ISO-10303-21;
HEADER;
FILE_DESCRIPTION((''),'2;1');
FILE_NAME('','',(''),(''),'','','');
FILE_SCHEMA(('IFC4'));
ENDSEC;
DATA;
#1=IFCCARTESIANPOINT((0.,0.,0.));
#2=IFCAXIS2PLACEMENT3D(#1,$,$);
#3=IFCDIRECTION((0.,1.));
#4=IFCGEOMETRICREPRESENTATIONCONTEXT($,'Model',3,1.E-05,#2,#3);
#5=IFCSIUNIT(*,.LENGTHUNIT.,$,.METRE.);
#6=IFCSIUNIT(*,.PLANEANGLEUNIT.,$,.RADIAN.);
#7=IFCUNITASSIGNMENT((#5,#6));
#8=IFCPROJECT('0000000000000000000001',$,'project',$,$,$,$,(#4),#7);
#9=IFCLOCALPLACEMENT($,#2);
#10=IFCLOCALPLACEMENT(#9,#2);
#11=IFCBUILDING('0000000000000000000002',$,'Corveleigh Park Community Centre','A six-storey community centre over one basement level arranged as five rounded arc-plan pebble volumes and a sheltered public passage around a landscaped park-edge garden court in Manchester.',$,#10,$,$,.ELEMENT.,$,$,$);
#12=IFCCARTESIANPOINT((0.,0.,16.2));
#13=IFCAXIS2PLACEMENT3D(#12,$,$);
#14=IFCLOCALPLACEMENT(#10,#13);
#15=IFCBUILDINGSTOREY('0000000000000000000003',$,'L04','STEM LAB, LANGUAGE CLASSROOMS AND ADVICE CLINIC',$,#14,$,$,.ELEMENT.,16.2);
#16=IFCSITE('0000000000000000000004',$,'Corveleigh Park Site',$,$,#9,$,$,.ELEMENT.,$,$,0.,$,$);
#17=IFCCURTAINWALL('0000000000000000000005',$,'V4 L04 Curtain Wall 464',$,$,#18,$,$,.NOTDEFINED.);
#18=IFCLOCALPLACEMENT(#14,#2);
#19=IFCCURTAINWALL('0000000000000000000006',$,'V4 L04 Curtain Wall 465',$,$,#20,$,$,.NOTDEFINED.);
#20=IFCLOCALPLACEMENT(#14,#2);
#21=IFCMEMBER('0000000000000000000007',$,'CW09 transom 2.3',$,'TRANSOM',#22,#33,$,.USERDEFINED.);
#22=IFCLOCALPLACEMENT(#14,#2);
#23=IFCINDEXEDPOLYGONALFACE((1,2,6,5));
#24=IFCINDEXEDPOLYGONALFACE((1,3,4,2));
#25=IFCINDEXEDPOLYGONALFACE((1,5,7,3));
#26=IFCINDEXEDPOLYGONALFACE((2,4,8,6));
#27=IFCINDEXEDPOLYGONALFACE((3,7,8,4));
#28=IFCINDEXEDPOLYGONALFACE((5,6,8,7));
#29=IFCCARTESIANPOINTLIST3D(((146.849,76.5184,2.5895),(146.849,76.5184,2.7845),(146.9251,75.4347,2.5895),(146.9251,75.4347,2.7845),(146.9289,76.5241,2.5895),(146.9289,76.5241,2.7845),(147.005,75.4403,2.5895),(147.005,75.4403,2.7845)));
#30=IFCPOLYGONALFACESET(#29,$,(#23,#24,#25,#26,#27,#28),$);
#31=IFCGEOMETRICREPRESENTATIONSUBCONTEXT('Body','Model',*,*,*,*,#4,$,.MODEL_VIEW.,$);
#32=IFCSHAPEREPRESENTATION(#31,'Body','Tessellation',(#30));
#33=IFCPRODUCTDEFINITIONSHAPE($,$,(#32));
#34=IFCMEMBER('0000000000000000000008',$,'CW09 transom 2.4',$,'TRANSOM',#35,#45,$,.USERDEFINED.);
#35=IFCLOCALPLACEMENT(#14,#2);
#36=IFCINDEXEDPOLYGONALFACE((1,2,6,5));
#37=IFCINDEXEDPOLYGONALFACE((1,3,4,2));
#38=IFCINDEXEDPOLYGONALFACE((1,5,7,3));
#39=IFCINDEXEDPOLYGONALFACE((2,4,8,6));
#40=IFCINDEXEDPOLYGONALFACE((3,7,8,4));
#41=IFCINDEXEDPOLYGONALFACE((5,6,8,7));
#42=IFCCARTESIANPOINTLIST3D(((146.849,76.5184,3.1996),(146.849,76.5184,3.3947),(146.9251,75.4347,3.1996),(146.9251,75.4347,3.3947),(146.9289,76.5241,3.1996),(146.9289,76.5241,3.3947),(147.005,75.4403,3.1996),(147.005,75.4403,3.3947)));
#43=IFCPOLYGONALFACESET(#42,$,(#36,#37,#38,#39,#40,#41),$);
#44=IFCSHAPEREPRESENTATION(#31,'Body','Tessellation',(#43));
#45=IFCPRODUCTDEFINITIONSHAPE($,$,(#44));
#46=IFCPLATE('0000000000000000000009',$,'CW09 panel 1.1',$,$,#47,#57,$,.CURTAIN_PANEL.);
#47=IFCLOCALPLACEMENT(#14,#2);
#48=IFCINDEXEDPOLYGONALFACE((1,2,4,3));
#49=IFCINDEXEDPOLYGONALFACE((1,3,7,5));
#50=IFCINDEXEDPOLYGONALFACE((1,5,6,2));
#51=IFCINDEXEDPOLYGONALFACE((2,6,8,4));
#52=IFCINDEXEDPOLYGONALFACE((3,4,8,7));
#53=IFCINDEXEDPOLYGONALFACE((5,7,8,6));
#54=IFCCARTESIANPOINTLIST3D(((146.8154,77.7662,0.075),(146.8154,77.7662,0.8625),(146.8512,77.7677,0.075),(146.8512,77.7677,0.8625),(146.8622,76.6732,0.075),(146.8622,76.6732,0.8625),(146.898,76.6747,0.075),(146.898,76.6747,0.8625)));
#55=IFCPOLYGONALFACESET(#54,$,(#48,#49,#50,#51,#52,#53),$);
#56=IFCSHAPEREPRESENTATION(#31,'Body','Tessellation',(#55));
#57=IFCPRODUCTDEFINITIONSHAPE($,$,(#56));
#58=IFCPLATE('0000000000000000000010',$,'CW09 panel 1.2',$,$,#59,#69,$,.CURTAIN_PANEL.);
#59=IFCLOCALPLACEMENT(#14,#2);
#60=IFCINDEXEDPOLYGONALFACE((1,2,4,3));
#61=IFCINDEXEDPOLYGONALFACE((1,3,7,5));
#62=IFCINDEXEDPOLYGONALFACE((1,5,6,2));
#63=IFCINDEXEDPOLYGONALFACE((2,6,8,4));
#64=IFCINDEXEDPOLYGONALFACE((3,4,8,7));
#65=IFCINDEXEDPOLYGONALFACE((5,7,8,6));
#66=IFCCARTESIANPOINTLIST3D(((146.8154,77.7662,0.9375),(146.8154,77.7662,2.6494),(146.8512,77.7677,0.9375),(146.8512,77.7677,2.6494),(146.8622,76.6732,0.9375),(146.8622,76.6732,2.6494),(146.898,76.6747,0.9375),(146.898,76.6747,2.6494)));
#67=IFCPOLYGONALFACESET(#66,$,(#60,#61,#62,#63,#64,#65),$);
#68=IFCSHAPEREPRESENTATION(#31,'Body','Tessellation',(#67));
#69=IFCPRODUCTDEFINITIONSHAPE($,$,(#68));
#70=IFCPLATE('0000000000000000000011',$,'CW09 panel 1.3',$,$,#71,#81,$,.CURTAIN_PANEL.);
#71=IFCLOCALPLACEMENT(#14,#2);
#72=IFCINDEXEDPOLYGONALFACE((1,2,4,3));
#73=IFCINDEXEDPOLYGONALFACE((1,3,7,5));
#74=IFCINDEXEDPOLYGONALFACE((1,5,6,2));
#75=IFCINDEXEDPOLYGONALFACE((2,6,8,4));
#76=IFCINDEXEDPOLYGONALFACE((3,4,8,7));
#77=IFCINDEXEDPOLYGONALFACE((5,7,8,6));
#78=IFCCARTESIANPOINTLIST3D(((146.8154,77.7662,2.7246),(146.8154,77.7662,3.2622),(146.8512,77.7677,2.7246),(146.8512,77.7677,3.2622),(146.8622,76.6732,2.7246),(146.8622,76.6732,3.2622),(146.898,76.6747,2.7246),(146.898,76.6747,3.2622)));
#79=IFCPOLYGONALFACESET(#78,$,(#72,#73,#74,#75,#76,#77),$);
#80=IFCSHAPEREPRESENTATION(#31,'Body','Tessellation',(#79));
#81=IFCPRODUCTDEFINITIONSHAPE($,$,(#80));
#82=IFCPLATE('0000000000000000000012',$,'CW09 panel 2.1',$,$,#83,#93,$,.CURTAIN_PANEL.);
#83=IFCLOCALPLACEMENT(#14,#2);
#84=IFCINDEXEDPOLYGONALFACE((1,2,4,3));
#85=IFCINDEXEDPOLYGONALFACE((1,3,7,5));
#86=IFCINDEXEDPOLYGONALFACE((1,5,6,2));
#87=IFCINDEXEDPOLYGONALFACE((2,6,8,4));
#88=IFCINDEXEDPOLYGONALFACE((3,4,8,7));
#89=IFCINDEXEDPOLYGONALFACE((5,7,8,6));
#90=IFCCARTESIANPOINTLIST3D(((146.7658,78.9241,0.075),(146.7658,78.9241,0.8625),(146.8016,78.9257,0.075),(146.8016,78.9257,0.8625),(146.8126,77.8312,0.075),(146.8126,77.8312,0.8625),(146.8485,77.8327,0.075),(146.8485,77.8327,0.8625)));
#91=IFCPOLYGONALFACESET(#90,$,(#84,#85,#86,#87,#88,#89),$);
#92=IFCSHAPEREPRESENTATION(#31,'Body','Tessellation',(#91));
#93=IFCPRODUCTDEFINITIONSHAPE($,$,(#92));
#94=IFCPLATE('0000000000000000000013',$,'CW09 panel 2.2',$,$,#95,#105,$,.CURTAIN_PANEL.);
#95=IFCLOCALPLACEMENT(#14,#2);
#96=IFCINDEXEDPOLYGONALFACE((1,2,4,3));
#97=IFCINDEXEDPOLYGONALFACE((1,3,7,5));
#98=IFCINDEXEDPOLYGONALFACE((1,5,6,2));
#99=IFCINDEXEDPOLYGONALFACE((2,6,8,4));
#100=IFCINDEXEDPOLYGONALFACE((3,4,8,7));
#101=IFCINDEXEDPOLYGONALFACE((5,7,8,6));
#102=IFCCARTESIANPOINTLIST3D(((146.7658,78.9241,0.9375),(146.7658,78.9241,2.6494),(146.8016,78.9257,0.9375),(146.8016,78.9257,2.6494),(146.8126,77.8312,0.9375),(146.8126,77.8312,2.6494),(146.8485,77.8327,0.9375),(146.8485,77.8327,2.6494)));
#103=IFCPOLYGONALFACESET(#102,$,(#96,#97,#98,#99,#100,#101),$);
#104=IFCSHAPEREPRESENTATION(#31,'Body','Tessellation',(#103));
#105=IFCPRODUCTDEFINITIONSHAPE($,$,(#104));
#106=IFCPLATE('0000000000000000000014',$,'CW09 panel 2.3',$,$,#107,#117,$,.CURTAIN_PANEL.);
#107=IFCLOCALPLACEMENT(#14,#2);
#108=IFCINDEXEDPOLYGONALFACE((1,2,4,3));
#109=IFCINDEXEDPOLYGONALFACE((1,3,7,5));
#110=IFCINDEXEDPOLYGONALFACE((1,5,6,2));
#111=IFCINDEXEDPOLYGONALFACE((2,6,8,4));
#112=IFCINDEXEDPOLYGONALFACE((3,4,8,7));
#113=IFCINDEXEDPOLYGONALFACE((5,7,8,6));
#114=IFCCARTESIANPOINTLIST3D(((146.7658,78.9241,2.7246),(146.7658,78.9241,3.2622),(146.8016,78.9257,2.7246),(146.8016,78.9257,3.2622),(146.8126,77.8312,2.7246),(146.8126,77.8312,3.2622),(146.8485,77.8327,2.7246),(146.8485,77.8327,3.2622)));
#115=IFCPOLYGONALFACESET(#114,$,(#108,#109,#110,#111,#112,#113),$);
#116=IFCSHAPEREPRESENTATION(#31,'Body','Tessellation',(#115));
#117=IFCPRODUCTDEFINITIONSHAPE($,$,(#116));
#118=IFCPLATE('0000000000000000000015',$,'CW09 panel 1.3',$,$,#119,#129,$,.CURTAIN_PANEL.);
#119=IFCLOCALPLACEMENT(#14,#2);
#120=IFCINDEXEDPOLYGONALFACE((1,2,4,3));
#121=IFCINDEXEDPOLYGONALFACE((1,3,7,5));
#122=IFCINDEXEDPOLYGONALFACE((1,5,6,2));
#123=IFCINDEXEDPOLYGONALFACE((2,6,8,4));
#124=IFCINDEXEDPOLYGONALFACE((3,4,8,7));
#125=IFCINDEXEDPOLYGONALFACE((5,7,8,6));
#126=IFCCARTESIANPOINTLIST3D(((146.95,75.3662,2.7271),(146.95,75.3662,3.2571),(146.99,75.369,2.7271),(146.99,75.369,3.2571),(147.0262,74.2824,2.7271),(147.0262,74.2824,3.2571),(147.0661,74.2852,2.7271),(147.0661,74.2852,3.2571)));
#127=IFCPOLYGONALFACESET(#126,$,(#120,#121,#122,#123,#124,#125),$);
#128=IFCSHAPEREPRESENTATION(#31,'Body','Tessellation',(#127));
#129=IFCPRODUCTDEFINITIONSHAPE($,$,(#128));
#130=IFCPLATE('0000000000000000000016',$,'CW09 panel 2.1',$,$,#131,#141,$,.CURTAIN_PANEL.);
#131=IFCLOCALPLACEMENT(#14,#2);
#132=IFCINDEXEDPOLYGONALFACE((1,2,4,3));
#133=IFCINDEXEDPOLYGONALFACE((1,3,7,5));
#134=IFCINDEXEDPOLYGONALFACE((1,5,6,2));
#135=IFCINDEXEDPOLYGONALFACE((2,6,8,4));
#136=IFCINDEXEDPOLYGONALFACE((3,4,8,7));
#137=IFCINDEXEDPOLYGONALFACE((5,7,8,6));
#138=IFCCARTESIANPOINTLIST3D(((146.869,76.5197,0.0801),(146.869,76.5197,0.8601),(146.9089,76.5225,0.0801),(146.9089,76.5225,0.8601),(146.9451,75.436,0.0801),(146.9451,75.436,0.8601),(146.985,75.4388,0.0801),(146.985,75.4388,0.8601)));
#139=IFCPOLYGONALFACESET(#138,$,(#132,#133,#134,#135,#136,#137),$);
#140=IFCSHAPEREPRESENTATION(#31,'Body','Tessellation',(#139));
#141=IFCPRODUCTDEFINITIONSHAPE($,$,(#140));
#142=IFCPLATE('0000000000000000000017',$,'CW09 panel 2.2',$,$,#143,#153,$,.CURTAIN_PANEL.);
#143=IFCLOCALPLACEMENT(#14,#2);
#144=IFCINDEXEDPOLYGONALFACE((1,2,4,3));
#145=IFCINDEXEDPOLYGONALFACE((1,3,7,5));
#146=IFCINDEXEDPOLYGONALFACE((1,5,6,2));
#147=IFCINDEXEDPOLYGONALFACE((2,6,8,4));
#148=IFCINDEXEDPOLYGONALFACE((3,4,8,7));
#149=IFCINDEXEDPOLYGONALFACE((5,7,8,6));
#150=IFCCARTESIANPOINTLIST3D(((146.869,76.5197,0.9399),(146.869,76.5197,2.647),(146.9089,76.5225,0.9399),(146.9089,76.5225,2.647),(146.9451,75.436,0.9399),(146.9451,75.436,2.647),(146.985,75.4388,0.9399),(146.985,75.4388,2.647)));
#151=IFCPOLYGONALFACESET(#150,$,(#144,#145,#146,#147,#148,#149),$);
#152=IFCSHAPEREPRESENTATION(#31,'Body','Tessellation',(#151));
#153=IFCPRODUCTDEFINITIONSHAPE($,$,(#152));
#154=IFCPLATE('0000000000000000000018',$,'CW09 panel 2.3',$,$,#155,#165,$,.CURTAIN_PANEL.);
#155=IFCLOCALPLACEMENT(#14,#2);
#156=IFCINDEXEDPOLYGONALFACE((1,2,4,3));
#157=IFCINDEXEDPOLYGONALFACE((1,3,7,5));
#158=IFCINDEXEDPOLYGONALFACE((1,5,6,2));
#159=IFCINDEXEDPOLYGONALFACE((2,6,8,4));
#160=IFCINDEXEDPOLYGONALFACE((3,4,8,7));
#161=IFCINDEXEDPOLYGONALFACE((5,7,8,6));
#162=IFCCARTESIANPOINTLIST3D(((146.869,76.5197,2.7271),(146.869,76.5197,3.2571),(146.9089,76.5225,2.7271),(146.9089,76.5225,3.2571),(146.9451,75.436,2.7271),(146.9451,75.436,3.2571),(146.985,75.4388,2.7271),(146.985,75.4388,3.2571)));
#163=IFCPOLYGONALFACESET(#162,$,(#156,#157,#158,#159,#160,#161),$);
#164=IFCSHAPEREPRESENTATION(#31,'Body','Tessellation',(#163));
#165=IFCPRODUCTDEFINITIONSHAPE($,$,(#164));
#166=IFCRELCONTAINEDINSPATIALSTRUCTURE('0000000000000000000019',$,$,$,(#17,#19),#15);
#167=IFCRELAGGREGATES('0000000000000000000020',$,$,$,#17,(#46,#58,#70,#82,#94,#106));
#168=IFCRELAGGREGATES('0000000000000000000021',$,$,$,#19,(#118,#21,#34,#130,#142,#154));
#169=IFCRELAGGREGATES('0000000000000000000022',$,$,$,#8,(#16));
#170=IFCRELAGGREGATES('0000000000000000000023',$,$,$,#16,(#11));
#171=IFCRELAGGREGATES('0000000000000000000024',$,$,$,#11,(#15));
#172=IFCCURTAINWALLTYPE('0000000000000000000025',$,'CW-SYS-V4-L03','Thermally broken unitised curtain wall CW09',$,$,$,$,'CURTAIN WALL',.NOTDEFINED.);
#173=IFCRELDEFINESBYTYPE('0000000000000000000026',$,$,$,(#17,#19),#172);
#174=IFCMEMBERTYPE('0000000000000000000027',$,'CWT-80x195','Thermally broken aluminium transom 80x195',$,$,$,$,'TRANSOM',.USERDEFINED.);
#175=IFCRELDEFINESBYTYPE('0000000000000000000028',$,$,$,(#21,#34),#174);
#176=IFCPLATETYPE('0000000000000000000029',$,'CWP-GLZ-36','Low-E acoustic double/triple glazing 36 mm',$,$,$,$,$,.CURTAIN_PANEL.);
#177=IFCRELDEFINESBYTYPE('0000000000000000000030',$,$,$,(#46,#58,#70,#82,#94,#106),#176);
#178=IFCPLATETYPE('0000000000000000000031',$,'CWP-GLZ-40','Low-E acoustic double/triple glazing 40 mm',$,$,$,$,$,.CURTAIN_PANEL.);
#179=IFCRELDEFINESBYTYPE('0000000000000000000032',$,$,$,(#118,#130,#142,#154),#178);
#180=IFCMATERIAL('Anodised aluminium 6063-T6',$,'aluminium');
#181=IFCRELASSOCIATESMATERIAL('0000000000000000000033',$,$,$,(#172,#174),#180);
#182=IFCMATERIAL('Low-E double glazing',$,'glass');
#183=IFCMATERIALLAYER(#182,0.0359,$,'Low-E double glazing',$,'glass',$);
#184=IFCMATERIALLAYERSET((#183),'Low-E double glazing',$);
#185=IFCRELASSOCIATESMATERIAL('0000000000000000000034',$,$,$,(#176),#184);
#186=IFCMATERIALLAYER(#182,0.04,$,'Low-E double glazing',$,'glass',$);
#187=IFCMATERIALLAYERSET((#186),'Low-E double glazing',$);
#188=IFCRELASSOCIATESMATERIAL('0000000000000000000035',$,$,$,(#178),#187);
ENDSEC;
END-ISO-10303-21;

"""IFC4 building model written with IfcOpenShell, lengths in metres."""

from ifc_helpers import new_model, si_unit, direction, frame, origin, origin_2d, place, context, subcontext, project, spatial, rectangle, extrude, material, layer, layer_set, material_profile, profile_set, type_object, element, aggregate, save


model = new_model("IFC4")

# Units and contexts
model_context = context("Model", 3, precision=1e-05, world=origin(), true_north=direction((0.0, 1.0)))
body_context = subcontext(model_context, "Body", "Model", "MODEL_VIEW")
ifc_project = project(units=[si_unit("LENGTHUNIT", "METRE"), si_unit("PLANEANGLEUNIT", "RADIAN")], contexts=[model_context])

# Site, building, storey
site_placement = place(None, origin())
site = spatial("IfcSite", under=ifc_project, at=site_placement, Name="Corveleigh Park Site", CompositionType="ELEMENT", RefElevation=0.0)
building_placement = place(site_placement, origin())
building = spatial("IfcBuilding", under=site, at=building_placement, Name="Corveleigh Park Community Centre", Description="A six-storey community centre over one basement level arranged as five rounded arc-plan pebble volumes and a sheltered public passage around a landscaped park-edge garden court in Manchester.", CompositionType="ELEMENT")
storey_placement = place(building_placement, frame((0.0, 0.0, 16.2)))
storey = spatial("IfcBuildingStorey", under=building, at=storey_placement, Name="L04", Description="STEM LAB, LANGUAGE CLASSROOMS AND ADVICE CLINIC", CompositionType="ELEMENT", Elevation=16.2)

# Curtain walls
ifc_material_1 = material(Name="Anodised aluminium 6063-T6", Category="aluminium")
curtain_wall_type = type_object("IfcCurtainWallType", Name="CW-SYS-V4-L03", Description="Thermally broken unitised curtain wall CW09", ElementType="CURTAIN WALL", PredefinedType="NOTDEFINED", material=ifc_material_1)
curtain_wall_1_placement = place(storey_placement, origin())
curtain_wall_1 = element("IfcCurtainWall", 1, at=curtain_wall_1_placement, inside=storey, type_object=curtain_wall_type, Name="V4 L04 Curtain Wall 464", PredefinedType="NOTDEFINED")
curtain_wall_2_placement = place(storey_placement, origin())
curtain_wall_2 = element("IfcCurtainWall", 2, at=curtain_wall_2_placement, inside=storey, type_object=curtain_wall_type, Name="V4 L04 Curtain Wall 465", PredefinedType="NOTDEFINED")

# Members
ifc_material_profile_1 = material_profile(ifc_material_1, rectangle(XDim=0.0801, YDim=0.1951, at=origin_2d()), Name="ALU-T80x195", Category="aluminium")
ifc_profile_set_1 = profile_set([ifc_material_profile_1], Name="Anodised aluminium 6063-T6")
member_type_1 = type_object("IfcMemberType", Name="CWT-80x195", Description="Thermally broken aluminium transom 80x195", ElementType="TRANSOM", PredefinedType="USERDEFINED", material=ifc_profile_set_1)
member_1_placement = place(storey_placement, frame((146.9651, 75.4375, 2.687), z_axis=(-0.070113, 0.997539, 0.0), x_axis=(-0.997539, -0.070113, 0.0)))
member_1 = element("IfcMember", 3, at=member_1_placement, type_object=member_type_1, Name="CW09 transom 2.3", ObjectType="TRANSOM", PredefinedType="USERDEFINED", context=body_context, shape_type="SweptSolid", body=[
    extrude(rectangle(XDim=0.0801, YDim=0.1951, at=origin_2d()), origin(), (0.0, 0.0, 1.0), 1.0864),
])
member_2_placement = place(storey_placement, frame((146.9651, 75.4375, 3.2971), z_axis=(-0.070113, 0.997539, 0.0), x_axis=(-0.997539, -0.070113, 0.0)))
member_2 = element("IfcMember", 4, at=member_2_placement, type_object=member_type_1, Name="CW09 transom 2.4", ObjectType="TRANSOM", PredefinedType="USERDEFINED", context=body_context, shape_type="SweptSolid", body=[
    extrude(rectangle(XDim=0.0801, YDim=0.1951, at=origin_2d()), origin(), (0.0, 0.0, 1.0), 1.0864),
])

# Plates
ifc_material_2 = material(Name="Low-E double glazing", Category="glass")
ifc_layer_1 = layer(ifc_material_2, 0.0359, Name="Low-E double glazing", Category="glass")
ifc_layer_set_1 = layer_set([ifc_layer_1], Name="Low-E double glazing")
plate_type_1 = type_object("IfcPlateType", Name="CWP-GLZ-36", Description="Low-E acoustic double/triple glazing 36 mm", PredefinedType="CURTAIN_PANEL", material=ifc_layer_set_1)
plate_1_placement = place(storey_placement, frame((146.8567, 77.2205, 0.075), z_axis=(0.0, 0.0, 1.0), x_axis=(-0.0428, 0.999084, 0.0)))
plate_1 = element("IfcPlate", 5, at=plate_1_placement, type_object=plate_type_1, Name="CW09 panel 1.1", PredefinedType="CURTAIN_PANEL", context=body_context, shape_type="SweptSolid", body=[
    extrude(rectangle(XDim=1.094, YDim=0.0359, at=origin_2d()), origin(), (0.0, 0.0, 1.0), 0.7876),
])
plate_2_placement = place(storey_placement, frame((146.8567, 77.2205, 0.9375), z_axis=(0.0, 0.0, 1.0), x_axis=(-0.0428, 0.999084, 0.0)))
plate_2 = element("IfcPlate", 6, at=plate_2_placement, type_object=plate_type_1, Name="CW09 panel 1.2", PredefinedType="CURTAIN_PANEL", context=body_context, shape_type="SweptSolid", body=[
    extrude(rectangle(XDim=1.094, YDim=0.0359, at=origin_2d()), origin(), (0.0, 0.0, 1.0), 1.7119),
])
plate_3_placement = place(storey_placement, frame((146.8567, 77.2205, 2.7246), z_axis=(0.0, 0.0, 1.0), x_axis=(-0.0428, 0.999084, 0.0)))
plate_3 = element("IfcPlate", 7, at=plate_3_placement, type_object=plate_type_1, Name="CW09 panel 1.3", PredefinedType="CURTAIN_PANEL", context=body_context, shape_type="SweptSolid", body=[
    extrude(rectangle(XDim=1.094, YDim=0.0359, at=origin_2d()), origin(), (0.0, 0.0, 1.0), 0.5376),
])
plate_4_placement = place(storey_placement, frame((146.8071, 78.3784, 0.075), z_axis=(0.0, 0.0, 1.0), x_axis=(-0.0428, 0.999084, 0.0)))
plate_4 = element("IfcPlate", 8, at=plate_4_placement, type_object=plate_type_1, Name="CW09 panel 2.1", PredefinedType="CURTAIN_PANEL", context=body_context, shape_type="SweptSolid", body=[
    extrude(rectangle(XDim=1.094, YDim=0.0359, at=origin_2d()), origin(), (0.0, 0.0, 1.0), 0.7876),
])
plate_5_placement = place(storey_placement, frame((146.8071, 78.3784, 0.9375), z_axis=(0.0, 0.0, 1.0), x_axis=(-0.0428, 0.999084, 0.0)))
plate_5 = element("IfcPlate", 9, at=plate_5_placement, type_object=plate_type_1, Name="CW09 panel 2.2", PredefinedType="CURTAIN_PANEL", context=body_context, shape_type="SweptSolid", body=[
    extrude(rectangle(XDim=1.094, YDim=0.0359, at=origin_2d()), origin(), (0.0, 0.0, 1.0), 1.7119),
])
plate_6_placement = place(storey_placement, frame((146.8071, 78.3784, 2.7246), z_axis=(0.0, 0.0, 1.0), x_axis=(-0.0428, 0.999084, 0.0)))
plate_6 = element("IfcPlate", 10, at=plate_6_placement, type_object=plate_type_1, Name="CW09 panel 2.3", PredefinedType="CURTAIN_PANEL", context=body_context, shape_type="SweptSolid", body=[
    extrude(rectangle(XDim=1.094, YDim=0.0359, at=origin_2d()), origin(), (0.0, 0.0, 1.0), 0.5376),
])
aggregate(curtain_wall_1, [plate_1, plate_2, plate_3, plate_4, plate_5, plate_6])
ifc_layer_2 = layer(ifc_material_2, 0.04, Name="Low-E double glazing", Category="glass")
ifc_layer_set_2 = layer_set([ifc_layer_2], Name="Low-E double glazing")
plate_type_2 = type_object("IfcPlateType", Name="CWP-GLZ-40", Description="Low-E acoustic double/triple glazing 40 mm", PredefinedType="CURTAIN_PANEL", material=ifc_layer_set_2)
plate_7_placement = place(storey_placement, frame((147.0081, 74.8257, 2.7271), z_axis=(0.0, 0.0, 1.0), x_axis=(-0.070084, 0.997541, 0.0)))
plate_7 = element("IfcPlate", 11, at=plate_7_placement, type_object=plate_type_2, Name="CW09 panel 1.3", PredefinedType="CURTAIN_PANEL", context=body_context, shape_type="SweptSolid", body=[
    extrude(rectangle(XDim=1.0864, YDim=0.04, at=origin_2d()), origin(), (0.0, 0.0, 1.0), 0.53),
])
plate_8_placement = place(storey_placement, frame((146.927, 75.9792, 0.0801), z_axis=(0.0, 0.0, 1.0), x_axis=(-0.070084, 0.997541, 0.0)))
plate_8 = element("IfcPlate", 12, at=plate_8_placement, type_object=plate_type_2, Name="CW09 panel 2.1", PredefinedType="CURTAIN_PANEL", context=body_context, shape_type="SweptSolid", body=[
    extrude(rectangle(XDim=1.0864, YDim=0.04, at=origin_2d()), origin(), (0.0, 0.0, 1.0), 0.78),
])
plate_9_placement = place(storey_placement, frame((146.927, 75.9792, 0.9399), z_axis=(0.0, 0.0, 1.0), x_axis=(-0.070084, 0.997541, 0.0)))
plate_9 = element("IfcPlate", 13, at=plate_9_placement, type_object=plate_type_2, Name="CW09 panel 2.2", PredefinedType="CURTAIN_PANEL", context=body_context, shape_type="SweptSolid", body=[
    extrude(rectangle(XDim=1.0864, YDim=0.04, at=origin_2d()), origin(), (0.0, 0.0, 1.0), 1.707),
])
plate_10_placement = place(storey_placement, frame((146.927, 75.9792, 2.7271), z_axis=(0.0, 0.0, 1.0), x_axis=(-0.070084, 0.997541, 0.0)))
plate_10 = element("IfcPlate", 14, at=plate_10_placement, type_object=plate_type_2, Name="CW09 panel 2.3", PredefinedType="CURTAIN_PANEL", context=body_context, shape_type="SweptSolid", body=[
    extrude(rectangle(XDim=1.0864, YDim=0.04, at=origin_2d()), origin(), (0.0, 0.0, 1.0), 0.53),
])
aggregate(curtain_wall_2, [plate_7, member_1, member_2, plate_8, plate_9, plate_10])

save(model, "model.ifc")
